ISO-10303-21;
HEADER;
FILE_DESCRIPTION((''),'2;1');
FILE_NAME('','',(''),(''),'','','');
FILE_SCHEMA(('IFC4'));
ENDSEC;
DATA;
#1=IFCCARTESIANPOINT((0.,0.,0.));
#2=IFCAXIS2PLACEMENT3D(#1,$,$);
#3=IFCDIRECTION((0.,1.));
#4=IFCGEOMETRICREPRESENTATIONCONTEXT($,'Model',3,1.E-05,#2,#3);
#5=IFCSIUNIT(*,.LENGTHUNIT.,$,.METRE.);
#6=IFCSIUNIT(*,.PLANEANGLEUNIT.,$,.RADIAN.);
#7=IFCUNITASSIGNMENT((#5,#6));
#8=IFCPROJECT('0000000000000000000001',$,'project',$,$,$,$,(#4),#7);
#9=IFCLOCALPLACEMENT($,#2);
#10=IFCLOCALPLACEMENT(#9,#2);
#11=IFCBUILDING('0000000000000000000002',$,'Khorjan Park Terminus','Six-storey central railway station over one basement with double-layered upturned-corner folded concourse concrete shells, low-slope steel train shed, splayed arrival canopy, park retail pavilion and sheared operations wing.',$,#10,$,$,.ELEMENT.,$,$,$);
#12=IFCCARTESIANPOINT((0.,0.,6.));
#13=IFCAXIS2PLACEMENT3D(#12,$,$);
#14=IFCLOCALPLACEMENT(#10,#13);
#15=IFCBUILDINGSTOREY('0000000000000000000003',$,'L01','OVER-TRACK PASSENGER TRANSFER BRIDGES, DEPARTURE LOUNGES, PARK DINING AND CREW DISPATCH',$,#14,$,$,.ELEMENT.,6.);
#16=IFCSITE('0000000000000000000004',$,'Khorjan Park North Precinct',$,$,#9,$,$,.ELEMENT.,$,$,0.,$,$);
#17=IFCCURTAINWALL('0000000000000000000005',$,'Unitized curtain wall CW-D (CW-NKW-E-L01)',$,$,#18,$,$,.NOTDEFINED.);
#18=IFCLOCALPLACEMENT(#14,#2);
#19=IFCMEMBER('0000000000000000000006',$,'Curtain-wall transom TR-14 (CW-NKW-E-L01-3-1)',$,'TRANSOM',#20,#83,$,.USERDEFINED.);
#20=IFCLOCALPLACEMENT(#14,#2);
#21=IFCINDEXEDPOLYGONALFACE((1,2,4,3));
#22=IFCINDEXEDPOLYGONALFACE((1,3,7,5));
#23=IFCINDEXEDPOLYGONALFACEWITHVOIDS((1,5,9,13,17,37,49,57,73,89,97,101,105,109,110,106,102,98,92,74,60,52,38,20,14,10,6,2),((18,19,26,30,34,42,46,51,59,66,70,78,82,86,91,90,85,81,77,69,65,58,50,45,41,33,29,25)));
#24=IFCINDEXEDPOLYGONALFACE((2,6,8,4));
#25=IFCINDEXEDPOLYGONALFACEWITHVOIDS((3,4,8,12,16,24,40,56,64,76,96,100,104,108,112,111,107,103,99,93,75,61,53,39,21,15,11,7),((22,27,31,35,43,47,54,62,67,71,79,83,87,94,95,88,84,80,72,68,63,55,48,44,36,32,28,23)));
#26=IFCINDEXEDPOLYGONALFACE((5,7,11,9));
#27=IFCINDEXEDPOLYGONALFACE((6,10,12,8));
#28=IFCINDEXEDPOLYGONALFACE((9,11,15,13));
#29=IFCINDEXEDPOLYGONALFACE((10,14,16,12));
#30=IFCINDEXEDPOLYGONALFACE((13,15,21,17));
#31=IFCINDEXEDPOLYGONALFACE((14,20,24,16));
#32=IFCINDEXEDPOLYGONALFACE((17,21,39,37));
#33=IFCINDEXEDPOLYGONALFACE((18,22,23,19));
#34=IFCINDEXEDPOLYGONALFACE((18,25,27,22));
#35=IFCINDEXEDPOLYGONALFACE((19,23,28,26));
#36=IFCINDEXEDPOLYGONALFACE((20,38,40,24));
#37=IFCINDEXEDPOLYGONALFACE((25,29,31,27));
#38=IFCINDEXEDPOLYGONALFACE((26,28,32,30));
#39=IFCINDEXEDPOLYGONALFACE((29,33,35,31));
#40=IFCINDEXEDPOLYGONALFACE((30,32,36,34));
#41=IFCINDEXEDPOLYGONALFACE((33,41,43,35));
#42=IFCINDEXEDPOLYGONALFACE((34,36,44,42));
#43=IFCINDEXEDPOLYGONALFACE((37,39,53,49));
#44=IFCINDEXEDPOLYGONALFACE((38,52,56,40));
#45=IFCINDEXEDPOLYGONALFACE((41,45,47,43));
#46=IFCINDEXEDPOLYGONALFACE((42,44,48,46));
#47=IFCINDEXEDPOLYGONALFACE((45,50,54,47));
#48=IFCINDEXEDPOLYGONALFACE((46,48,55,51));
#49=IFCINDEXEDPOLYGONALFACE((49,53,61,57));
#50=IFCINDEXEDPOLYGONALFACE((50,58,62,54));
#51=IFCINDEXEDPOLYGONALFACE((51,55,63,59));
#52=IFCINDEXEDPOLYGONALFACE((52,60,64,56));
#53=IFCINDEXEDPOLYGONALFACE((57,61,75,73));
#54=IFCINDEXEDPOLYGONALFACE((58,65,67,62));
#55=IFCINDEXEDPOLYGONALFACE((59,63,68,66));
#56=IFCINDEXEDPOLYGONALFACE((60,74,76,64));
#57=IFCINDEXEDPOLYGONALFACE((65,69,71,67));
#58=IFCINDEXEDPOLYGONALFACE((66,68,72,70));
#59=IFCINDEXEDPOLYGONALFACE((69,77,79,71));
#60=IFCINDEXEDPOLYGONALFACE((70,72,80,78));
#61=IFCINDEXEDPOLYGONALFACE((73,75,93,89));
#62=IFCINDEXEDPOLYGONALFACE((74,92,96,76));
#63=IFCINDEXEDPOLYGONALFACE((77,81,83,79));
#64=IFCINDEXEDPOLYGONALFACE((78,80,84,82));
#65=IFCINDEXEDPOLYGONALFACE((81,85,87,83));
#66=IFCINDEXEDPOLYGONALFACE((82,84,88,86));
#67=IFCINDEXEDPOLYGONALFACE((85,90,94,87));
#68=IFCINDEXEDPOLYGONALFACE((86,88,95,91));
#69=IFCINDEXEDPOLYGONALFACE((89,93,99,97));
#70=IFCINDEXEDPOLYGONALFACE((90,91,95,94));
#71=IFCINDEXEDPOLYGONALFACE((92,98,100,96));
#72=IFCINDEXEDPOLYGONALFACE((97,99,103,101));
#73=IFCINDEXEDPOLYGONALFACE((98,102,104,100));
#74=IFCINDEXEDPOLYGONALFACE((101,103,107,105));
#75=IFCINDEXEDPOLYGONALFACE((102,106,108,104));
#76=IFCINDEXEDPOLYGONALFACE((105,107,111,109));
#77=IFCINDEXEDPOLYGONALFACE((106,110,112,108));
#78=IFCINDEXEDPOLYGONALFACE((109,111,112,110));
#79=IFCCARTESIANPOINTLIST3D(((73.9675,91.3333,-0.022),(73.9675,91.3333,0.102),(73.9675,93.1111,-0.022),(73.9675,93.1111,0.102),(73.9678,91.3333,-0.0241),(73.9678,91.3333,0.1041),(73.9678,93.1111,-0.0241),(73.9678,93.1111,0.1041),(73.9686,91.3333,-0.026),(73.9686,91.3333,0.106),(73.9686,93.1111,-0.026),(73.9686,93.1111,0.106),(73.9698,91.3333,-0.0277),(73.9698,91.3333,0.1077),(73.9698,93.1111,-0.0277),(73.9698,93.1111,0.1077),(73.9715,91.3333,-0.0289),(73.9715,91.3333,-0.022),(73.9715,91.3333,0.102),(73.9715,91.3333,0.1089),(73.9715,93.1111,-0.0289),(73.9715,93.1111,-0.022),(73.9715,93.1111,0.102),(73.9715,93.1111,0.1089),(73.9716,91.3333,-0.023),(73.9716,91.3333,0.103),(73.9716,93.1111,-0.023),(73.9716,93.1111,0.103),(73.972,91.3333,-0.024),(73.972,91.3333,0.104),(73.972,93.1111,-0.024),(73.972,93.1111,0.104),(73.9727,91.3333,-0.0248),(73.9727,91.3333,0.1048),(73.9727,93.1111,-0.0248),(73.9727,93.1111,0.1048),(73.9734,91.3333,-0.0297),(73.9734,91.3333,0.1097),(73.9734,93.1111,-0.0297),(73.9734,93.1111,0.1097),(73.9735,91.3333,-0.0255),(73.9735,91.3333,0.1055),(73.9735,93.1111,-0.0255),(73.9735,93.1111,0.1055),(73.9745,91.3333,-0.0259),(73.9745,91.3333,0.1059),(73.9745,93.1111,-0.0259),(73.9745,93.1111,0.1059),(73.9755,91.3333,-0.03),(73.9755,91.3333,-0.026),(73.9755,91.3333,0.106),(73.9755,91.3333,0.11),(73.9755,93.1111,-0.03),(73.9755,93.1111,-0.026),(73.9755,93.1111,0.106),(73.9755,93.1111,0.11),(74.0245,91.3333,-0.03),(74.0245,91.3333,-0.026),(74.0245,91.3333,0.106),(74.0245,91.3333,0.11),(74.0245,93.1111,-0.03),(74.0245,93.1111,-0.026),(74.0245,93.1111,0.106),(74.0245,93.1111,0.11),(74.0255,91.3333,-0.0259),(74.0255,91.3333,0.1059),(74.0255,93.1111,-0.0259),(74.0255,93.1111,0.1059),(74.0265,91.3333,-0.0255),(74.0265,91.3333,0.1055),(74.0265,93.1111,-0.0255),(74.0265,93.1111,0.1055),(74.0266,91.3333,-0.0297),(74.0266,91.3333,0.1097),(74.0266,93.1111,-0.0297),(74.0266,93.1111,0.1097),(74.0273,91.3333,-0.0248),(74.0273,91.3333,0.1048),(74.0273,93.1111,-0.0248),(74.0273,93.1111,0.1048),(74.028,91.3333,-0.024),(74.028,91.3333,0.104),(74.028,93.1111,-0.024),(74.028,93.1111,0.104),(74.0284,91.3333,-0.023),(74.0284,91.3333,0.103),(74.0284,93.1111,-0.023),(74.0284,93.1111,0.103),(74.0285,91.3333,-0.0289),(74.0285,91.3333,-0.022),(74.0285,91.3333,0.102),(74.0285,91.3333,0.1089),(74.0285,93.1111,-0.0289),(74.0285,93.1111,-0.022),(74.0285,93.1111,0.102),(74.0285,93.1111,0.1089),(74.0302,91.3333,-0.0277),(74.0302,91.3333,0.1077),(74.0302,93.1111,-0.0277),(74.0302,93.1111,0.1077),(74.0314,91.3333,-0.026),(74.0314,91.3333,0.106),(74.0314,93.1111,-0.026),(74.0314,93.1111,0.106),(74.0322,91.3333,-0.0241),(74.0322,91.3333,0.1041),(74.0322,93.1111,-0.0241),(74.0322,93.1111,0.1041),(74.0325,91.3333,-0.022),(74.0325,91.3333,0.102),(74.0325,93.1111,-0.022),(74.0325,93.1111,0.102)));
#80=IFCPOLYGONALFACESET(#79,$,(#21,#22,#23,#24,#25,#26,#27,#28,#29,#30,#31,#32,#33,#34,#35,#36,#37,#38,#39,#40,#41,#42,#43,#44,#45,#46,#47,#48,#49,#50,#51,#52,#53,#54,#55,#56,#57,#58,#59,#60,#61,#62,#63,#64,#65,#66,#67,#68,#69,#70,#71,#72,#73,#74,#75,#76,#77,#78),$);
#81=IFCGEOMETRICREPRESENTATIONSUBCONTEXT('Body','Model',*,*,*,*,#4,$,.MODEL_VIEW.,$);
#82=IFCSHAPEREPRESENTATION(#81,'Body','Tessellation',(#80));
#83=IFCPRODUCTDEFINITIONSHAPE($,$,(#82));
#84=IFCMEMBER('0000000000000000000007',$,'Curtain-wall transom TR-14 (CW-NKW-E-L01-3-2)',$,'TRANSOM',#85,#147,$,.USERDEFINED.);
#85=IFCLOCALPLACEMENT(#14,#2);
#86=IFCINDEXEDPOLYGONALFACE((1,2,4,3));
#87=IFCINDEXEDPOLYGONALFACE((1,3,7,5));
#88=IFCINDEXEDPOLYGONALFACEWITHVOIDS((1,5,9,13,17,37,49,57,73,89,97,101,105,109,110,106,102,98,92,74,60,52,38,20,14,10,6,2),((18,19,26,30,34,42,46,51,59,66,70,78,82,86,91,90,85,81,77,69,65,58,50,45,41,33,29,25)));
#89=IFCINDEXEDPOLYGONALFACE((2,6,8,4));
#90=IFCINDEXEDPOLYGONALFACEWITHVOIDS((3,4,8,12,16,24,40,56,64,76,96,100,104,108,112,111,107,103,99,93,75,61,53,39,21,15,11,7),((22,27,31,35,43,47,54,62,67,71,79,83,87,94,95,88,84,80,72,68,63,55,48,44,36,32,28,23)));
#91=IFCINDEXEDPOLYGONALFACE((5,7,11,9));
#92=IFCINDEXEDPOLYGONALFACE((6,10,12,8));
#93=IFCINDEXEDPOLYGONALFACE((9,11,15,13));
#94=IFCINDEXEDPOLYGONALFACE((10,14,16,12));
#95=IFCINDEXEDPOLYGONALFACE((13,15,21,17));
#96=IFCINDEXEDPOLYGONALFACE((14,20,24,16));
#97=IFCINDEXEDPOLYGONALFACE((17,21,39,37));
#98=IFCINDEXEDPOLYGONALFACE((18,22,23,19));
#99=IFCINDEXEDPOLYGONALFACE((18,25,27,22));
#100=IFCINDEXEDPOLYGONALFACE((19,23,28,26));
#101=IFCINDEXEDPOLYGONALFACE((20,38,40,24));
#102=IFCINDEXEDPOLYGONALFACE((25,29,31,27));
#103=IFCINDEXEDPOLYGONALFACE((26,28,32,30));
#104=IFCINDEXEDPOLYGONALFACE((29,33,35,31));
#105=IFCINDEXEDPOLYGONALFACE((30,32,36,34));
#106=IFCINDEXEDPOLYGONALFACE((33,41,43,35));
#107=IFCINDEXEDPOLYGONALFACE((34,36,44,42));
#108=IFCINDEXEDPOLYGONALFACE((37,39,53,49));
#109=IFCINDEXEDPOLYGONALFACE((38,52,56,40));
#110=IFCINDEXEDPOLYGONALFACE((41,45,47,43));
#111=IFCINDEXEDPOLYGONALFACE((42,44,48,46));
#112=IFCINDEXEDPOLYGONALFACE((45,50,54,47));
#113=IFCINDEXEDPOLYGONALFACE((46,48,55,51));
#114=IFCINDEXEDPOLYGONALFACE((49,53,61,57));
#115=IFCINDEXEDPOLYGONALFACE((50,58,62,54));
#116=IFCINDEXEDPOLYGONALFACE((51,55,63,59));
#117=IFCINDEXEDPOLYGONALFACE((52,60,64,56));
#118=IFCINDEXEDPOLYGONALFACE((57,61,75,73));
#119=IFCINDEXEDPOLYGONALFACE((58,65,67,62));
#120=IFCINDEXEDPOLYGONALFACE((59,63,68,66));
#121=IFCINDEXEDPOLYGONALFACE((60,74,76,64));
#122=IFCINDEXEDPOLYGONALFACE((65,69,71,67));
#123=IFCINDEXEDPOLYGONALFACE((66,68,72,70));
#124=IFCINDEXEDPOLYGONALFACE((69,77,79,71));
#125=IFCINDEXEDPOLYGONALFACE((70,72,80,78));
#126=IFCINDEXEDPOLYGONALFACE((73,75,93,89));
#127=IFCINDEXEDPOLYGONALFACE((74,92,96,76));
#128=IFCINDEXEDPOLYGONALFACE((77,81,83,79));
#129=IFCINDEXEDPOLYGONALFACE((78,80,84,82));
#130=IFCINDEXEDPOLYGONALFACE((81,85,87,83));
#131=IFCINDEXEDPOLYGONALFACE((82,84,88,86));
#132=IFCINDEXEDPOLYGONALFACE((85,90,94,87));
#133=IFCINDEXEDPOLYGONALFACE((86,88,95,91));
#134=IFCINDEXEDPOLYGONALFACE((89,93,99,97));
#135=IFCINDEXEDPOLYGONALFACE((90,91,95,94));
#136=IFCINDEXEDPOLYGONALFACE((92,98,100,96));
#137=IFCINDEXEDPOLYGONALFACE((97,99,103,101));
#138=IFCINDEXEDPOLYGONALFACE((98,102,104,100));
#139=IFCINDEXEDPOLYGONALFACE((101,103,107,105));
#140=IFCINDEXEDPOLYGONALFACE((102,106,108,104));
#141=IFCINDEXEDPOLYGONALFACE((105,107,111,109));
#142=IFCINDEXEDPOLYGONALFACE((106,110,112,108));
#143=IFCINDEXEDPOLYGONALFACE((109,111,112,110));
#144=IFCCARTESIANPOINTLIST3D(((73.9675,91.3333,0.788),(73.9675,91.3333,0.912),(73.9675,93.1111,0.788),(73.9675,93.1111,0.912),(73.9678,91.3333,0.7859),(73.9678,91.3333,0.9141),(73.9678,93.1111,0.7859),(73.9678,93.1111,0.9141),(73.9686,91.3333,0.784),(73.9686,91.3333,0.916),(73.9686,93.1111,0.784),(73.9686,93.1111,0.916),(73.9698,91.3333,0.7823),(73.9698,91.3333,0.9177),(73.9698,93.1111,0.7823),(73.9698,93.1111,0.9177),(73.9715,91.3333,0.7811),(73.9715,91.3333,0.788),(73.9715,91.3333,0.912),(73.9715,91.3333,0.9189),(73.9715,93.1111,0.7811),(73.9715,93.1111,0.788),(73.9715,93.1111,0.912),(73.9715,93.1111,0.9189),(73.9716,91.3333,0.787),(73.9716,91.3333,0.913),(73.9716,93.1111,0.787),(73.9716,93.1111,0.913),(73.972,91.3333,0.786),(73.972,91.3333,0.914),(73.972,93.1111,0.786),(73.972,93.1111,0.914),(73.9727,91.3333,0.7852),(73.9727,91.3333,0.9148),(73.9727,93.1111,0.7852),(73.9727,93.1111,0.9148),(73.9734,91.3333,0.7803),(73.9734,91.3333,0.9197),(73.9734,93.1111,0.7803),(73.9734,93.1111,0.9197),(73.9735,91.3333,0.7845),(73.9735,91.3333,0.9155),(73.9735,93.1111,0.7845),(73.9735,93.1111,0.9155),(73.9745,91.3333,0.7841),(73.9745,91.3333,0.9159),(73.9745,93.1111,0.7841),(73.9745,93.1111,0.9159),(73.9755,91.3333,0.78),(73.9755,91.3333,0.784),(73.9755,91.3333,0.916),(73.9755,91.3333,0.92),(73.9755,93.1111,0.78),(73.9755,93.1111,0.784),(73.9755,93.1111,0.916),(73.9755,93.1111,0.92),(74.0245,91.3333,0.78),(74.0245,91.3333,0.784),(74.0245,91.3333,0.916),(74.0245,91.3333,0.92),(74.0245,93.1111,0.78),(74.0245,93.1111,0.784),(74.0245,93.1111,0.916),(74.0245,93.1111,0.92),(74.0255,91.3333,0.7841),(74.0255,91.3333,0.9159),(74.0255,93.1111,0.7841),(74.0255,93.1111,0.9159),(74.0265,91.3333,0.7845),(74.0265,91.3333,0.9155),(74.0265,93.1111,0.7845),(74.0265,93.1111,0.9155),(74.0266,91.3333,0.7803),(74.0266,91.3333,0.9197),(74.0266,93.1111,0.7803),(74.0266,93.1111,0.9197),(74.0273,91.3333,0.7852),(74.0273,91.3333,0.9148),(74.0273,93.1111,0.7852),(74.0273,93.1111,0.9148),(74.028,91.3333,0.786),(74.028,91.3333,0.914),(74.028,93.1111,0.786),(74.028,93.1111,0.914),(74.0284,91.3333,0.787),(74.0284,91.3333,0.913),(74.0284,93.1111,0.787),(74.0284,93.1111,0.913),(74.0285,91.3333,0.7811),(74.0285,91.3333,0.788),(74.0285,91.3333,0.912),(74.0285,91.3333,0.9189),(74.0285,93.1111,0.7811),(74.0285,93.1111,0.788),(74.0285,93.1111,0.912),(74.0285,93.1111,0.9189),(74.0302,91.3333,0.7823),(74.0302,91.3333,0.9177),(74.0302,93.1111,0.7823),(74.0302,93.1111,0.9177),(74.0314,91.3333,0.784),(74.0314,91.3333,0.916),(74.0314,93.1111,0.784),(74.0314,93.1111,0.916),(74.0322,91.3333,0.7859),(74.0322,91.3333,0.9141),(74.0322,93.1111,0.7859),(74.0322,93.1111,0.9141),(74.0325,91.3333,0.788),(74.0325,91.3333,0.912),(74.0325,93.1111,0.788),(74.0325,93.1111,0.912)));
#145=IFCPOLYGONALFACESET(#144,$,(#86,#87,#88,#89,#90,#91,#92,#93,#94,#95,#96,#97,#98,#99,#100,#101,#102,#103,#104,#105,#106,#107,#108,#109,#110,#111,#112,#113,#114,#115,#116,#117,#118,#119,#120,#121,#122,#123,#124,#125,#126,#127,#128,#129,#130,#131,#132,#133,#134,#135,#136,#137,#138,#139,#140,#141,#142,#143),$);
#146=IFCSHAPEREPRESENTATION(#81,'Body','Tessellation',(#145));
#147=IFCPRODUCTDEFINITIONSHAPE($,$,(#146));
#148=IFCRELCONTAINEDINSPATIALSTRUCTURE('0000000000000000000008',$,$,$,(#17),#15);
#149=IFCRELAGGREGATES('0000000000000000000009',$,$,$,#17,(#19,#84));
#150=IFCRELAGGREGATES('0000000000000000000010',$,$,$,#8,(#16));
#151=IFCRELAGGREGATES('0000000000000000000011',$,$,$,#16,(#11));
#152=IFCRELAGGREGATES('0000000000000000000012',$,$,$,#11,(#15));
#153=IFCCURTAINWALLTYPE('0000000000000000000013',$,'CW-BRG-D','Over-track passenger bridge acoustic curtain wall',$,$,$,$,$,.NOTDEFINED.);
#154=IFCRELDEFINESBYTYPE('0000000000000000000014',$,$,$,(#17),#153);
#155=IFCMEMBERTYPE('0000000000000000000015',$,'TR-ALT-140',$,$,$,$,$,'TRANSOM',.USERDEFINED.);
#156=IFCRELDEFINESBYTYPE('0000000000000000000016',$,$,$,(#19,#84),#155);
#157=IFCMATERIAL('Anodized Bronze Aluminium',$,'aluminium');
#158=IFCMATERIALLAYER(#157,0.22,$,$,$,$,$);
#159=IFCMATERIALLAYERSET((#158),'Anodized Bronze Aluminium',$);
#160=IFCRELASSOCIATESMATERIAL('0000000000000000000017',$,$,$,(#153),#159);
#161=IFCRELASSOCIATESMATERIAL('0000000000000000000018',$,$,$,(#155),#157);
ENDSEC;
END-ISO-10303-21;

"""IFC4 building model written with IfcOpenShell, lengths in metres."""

from ifc_helpers import new_model, si_unit, direction, frame, origin, origin_2d, place, context, subcontext, project, spatial, hollow_rectangle, extrude, material, layer, layer_set, material_profile, profile_set, type_object, element, aggregate, save


model = new_model("IFC4")

# Units and contexts
model_context = context("Model", 3, precision=1e-05, world=origin(), true_north=direction((0.0, 1.0)))
body_context = subcontext(model_context, "Body", "Model", "MODEL_VIEW")
ifc_project = project(units=[si_unit("LENGTHUNIT", "METRE"), si_unit("PLANEANGLEUNIT", "RADIAN")], contexts=[model_context])

# Site, building, storey
site_placement = place(None, origin())
site = spatial("IfcSite", under=ifc_project, at=site_placement, Name="Khorjan Park North Precinct", CompositionType="ELEMENT", RefElevation=0.0)
building_placement = place(site_placement, origin())
building = spatial("IfcBuilding", under=site, at=building_placement, Name="Khorjan Park Terminus", Description="Six-storey central railway station over one basement with double-layered upturned-corner folded concourse concrete shells, low-slope steel train shed, splayed arrival canopy, park retail pavilion and sheared operations wing.", CompositionType="ELEMENT")
storey_placement = place(building_placement, frame((0.0, 0.0, 6.0)))
storey = spatial("IfcBuildingStorey", under=building, at=storey_placement, Name="L01", Description="OVER-TRACK PASSENGER TRANSFER BRIDGES, DEPARTURE LOUNGES, PARK DINING AND CREW DISPATCH", CompositionType="ELEMENT", Elevation=6.0)

# Curtain wall, members
ifc_material_1 = material(Name="Anodized Bronze Aluminium", Category="aluminium")
ifc_layer_1 = layer(ifc_material_1, 0.22)
ifc_layer_set_1 = layer_set([ifc_layer_1], Name="Anodized Bronze Aluminium")
curtain_wall_type = type_object("IfcCurtainWallType", Name="CW-BRG-D", Description="Over-track passenger bridge acoustic curtain wall", PredefinedType="NOTDEFINED", material=ifc_layer_set_1)
curtain_wall_placement = place(storey_placement, origin())
curtain_wall = element("IfcCurtainWall", 1, at=curtain_wall_placement, inside=storey, type_object=curtain_wall_type, Name="Unitized curtain wall CW-D (CW-NKW-E-L01)", PredefinedType="NOTDEFINED")
ifc_material_profile_1 = material_profile(ifc_material_1, hollow_rectangle(XDim=0.065, YDim=0.14, WallThickness=0.004, InnerFilletRadius=0.004, OuterFilletRadius=0.008, at=origin_2d()), Name="ALT 65x140x4")
ifc_profile_set_1 = profile_set([ifc_material_profile_1], Name="Anodized Bronze Aluminium")
member_type_1 = type_object("IfcMemberType", Name="TR-ALT-140", ElementType="TRANSOM", PredefinedType="USERDEFINED", material=ifc_profile_set_1)
member_1_placement = place(storey_placement, frame((74.0, 91.3333, 0.04), z_axis=(0.0, 1.0, 0.0), x_axis=(-1.0, 0.0, 0.0)))
member_1 = element("IfcMember", 2, at=member_1_placement, type_object=member_type_1, Name="Curtain-wall transom TR-14 (CW-NKW-E-L01-3-1)", ObjectType="TRANSOM", PredefinedType="USERDEFINED", context=body_context, shape_type="SweptSolid", body=[
    extrude(hollow_rectangle(XDim=0.065, YDim=0.14, WallThickness=0.004, InnerFilletRadius=0.004, OuterFilletRadius=0.008, at=origin_2d()), origin(), (0.0, 0.0, 1.0), 1.7778),
])
member_2_placement = place(storey_placement, frame((74.0, 91.3333, 0.85), z_axis=(0.0, 1.0, 0.0), x_axis=(-1.0, 0.0, 0.0)))
member_2 = element("IfcMember", 3, at=member_2_placement, type_object=member_type_1, Name="Curtain-wall transom TR-14 (CW-NKW-E-L01-3-2)", ObjectType="TRANSOM", PredefinedType="USERDEFINED", context=body_context, shape_type="SweptSolid", body=[
    extrude(hollow_rectangle(XDim=0.065, YDim=0.14, WallThickness=0.004, InnerFilletRadius=0.004, OuterFilletRadius=0.008, at=origin_2d()), origin(), (0.0, 0.0, 1.0), 1.7778),
])
aggregate(curtain_wall, [member_1, member_2])

save(model, "model.ifc")
